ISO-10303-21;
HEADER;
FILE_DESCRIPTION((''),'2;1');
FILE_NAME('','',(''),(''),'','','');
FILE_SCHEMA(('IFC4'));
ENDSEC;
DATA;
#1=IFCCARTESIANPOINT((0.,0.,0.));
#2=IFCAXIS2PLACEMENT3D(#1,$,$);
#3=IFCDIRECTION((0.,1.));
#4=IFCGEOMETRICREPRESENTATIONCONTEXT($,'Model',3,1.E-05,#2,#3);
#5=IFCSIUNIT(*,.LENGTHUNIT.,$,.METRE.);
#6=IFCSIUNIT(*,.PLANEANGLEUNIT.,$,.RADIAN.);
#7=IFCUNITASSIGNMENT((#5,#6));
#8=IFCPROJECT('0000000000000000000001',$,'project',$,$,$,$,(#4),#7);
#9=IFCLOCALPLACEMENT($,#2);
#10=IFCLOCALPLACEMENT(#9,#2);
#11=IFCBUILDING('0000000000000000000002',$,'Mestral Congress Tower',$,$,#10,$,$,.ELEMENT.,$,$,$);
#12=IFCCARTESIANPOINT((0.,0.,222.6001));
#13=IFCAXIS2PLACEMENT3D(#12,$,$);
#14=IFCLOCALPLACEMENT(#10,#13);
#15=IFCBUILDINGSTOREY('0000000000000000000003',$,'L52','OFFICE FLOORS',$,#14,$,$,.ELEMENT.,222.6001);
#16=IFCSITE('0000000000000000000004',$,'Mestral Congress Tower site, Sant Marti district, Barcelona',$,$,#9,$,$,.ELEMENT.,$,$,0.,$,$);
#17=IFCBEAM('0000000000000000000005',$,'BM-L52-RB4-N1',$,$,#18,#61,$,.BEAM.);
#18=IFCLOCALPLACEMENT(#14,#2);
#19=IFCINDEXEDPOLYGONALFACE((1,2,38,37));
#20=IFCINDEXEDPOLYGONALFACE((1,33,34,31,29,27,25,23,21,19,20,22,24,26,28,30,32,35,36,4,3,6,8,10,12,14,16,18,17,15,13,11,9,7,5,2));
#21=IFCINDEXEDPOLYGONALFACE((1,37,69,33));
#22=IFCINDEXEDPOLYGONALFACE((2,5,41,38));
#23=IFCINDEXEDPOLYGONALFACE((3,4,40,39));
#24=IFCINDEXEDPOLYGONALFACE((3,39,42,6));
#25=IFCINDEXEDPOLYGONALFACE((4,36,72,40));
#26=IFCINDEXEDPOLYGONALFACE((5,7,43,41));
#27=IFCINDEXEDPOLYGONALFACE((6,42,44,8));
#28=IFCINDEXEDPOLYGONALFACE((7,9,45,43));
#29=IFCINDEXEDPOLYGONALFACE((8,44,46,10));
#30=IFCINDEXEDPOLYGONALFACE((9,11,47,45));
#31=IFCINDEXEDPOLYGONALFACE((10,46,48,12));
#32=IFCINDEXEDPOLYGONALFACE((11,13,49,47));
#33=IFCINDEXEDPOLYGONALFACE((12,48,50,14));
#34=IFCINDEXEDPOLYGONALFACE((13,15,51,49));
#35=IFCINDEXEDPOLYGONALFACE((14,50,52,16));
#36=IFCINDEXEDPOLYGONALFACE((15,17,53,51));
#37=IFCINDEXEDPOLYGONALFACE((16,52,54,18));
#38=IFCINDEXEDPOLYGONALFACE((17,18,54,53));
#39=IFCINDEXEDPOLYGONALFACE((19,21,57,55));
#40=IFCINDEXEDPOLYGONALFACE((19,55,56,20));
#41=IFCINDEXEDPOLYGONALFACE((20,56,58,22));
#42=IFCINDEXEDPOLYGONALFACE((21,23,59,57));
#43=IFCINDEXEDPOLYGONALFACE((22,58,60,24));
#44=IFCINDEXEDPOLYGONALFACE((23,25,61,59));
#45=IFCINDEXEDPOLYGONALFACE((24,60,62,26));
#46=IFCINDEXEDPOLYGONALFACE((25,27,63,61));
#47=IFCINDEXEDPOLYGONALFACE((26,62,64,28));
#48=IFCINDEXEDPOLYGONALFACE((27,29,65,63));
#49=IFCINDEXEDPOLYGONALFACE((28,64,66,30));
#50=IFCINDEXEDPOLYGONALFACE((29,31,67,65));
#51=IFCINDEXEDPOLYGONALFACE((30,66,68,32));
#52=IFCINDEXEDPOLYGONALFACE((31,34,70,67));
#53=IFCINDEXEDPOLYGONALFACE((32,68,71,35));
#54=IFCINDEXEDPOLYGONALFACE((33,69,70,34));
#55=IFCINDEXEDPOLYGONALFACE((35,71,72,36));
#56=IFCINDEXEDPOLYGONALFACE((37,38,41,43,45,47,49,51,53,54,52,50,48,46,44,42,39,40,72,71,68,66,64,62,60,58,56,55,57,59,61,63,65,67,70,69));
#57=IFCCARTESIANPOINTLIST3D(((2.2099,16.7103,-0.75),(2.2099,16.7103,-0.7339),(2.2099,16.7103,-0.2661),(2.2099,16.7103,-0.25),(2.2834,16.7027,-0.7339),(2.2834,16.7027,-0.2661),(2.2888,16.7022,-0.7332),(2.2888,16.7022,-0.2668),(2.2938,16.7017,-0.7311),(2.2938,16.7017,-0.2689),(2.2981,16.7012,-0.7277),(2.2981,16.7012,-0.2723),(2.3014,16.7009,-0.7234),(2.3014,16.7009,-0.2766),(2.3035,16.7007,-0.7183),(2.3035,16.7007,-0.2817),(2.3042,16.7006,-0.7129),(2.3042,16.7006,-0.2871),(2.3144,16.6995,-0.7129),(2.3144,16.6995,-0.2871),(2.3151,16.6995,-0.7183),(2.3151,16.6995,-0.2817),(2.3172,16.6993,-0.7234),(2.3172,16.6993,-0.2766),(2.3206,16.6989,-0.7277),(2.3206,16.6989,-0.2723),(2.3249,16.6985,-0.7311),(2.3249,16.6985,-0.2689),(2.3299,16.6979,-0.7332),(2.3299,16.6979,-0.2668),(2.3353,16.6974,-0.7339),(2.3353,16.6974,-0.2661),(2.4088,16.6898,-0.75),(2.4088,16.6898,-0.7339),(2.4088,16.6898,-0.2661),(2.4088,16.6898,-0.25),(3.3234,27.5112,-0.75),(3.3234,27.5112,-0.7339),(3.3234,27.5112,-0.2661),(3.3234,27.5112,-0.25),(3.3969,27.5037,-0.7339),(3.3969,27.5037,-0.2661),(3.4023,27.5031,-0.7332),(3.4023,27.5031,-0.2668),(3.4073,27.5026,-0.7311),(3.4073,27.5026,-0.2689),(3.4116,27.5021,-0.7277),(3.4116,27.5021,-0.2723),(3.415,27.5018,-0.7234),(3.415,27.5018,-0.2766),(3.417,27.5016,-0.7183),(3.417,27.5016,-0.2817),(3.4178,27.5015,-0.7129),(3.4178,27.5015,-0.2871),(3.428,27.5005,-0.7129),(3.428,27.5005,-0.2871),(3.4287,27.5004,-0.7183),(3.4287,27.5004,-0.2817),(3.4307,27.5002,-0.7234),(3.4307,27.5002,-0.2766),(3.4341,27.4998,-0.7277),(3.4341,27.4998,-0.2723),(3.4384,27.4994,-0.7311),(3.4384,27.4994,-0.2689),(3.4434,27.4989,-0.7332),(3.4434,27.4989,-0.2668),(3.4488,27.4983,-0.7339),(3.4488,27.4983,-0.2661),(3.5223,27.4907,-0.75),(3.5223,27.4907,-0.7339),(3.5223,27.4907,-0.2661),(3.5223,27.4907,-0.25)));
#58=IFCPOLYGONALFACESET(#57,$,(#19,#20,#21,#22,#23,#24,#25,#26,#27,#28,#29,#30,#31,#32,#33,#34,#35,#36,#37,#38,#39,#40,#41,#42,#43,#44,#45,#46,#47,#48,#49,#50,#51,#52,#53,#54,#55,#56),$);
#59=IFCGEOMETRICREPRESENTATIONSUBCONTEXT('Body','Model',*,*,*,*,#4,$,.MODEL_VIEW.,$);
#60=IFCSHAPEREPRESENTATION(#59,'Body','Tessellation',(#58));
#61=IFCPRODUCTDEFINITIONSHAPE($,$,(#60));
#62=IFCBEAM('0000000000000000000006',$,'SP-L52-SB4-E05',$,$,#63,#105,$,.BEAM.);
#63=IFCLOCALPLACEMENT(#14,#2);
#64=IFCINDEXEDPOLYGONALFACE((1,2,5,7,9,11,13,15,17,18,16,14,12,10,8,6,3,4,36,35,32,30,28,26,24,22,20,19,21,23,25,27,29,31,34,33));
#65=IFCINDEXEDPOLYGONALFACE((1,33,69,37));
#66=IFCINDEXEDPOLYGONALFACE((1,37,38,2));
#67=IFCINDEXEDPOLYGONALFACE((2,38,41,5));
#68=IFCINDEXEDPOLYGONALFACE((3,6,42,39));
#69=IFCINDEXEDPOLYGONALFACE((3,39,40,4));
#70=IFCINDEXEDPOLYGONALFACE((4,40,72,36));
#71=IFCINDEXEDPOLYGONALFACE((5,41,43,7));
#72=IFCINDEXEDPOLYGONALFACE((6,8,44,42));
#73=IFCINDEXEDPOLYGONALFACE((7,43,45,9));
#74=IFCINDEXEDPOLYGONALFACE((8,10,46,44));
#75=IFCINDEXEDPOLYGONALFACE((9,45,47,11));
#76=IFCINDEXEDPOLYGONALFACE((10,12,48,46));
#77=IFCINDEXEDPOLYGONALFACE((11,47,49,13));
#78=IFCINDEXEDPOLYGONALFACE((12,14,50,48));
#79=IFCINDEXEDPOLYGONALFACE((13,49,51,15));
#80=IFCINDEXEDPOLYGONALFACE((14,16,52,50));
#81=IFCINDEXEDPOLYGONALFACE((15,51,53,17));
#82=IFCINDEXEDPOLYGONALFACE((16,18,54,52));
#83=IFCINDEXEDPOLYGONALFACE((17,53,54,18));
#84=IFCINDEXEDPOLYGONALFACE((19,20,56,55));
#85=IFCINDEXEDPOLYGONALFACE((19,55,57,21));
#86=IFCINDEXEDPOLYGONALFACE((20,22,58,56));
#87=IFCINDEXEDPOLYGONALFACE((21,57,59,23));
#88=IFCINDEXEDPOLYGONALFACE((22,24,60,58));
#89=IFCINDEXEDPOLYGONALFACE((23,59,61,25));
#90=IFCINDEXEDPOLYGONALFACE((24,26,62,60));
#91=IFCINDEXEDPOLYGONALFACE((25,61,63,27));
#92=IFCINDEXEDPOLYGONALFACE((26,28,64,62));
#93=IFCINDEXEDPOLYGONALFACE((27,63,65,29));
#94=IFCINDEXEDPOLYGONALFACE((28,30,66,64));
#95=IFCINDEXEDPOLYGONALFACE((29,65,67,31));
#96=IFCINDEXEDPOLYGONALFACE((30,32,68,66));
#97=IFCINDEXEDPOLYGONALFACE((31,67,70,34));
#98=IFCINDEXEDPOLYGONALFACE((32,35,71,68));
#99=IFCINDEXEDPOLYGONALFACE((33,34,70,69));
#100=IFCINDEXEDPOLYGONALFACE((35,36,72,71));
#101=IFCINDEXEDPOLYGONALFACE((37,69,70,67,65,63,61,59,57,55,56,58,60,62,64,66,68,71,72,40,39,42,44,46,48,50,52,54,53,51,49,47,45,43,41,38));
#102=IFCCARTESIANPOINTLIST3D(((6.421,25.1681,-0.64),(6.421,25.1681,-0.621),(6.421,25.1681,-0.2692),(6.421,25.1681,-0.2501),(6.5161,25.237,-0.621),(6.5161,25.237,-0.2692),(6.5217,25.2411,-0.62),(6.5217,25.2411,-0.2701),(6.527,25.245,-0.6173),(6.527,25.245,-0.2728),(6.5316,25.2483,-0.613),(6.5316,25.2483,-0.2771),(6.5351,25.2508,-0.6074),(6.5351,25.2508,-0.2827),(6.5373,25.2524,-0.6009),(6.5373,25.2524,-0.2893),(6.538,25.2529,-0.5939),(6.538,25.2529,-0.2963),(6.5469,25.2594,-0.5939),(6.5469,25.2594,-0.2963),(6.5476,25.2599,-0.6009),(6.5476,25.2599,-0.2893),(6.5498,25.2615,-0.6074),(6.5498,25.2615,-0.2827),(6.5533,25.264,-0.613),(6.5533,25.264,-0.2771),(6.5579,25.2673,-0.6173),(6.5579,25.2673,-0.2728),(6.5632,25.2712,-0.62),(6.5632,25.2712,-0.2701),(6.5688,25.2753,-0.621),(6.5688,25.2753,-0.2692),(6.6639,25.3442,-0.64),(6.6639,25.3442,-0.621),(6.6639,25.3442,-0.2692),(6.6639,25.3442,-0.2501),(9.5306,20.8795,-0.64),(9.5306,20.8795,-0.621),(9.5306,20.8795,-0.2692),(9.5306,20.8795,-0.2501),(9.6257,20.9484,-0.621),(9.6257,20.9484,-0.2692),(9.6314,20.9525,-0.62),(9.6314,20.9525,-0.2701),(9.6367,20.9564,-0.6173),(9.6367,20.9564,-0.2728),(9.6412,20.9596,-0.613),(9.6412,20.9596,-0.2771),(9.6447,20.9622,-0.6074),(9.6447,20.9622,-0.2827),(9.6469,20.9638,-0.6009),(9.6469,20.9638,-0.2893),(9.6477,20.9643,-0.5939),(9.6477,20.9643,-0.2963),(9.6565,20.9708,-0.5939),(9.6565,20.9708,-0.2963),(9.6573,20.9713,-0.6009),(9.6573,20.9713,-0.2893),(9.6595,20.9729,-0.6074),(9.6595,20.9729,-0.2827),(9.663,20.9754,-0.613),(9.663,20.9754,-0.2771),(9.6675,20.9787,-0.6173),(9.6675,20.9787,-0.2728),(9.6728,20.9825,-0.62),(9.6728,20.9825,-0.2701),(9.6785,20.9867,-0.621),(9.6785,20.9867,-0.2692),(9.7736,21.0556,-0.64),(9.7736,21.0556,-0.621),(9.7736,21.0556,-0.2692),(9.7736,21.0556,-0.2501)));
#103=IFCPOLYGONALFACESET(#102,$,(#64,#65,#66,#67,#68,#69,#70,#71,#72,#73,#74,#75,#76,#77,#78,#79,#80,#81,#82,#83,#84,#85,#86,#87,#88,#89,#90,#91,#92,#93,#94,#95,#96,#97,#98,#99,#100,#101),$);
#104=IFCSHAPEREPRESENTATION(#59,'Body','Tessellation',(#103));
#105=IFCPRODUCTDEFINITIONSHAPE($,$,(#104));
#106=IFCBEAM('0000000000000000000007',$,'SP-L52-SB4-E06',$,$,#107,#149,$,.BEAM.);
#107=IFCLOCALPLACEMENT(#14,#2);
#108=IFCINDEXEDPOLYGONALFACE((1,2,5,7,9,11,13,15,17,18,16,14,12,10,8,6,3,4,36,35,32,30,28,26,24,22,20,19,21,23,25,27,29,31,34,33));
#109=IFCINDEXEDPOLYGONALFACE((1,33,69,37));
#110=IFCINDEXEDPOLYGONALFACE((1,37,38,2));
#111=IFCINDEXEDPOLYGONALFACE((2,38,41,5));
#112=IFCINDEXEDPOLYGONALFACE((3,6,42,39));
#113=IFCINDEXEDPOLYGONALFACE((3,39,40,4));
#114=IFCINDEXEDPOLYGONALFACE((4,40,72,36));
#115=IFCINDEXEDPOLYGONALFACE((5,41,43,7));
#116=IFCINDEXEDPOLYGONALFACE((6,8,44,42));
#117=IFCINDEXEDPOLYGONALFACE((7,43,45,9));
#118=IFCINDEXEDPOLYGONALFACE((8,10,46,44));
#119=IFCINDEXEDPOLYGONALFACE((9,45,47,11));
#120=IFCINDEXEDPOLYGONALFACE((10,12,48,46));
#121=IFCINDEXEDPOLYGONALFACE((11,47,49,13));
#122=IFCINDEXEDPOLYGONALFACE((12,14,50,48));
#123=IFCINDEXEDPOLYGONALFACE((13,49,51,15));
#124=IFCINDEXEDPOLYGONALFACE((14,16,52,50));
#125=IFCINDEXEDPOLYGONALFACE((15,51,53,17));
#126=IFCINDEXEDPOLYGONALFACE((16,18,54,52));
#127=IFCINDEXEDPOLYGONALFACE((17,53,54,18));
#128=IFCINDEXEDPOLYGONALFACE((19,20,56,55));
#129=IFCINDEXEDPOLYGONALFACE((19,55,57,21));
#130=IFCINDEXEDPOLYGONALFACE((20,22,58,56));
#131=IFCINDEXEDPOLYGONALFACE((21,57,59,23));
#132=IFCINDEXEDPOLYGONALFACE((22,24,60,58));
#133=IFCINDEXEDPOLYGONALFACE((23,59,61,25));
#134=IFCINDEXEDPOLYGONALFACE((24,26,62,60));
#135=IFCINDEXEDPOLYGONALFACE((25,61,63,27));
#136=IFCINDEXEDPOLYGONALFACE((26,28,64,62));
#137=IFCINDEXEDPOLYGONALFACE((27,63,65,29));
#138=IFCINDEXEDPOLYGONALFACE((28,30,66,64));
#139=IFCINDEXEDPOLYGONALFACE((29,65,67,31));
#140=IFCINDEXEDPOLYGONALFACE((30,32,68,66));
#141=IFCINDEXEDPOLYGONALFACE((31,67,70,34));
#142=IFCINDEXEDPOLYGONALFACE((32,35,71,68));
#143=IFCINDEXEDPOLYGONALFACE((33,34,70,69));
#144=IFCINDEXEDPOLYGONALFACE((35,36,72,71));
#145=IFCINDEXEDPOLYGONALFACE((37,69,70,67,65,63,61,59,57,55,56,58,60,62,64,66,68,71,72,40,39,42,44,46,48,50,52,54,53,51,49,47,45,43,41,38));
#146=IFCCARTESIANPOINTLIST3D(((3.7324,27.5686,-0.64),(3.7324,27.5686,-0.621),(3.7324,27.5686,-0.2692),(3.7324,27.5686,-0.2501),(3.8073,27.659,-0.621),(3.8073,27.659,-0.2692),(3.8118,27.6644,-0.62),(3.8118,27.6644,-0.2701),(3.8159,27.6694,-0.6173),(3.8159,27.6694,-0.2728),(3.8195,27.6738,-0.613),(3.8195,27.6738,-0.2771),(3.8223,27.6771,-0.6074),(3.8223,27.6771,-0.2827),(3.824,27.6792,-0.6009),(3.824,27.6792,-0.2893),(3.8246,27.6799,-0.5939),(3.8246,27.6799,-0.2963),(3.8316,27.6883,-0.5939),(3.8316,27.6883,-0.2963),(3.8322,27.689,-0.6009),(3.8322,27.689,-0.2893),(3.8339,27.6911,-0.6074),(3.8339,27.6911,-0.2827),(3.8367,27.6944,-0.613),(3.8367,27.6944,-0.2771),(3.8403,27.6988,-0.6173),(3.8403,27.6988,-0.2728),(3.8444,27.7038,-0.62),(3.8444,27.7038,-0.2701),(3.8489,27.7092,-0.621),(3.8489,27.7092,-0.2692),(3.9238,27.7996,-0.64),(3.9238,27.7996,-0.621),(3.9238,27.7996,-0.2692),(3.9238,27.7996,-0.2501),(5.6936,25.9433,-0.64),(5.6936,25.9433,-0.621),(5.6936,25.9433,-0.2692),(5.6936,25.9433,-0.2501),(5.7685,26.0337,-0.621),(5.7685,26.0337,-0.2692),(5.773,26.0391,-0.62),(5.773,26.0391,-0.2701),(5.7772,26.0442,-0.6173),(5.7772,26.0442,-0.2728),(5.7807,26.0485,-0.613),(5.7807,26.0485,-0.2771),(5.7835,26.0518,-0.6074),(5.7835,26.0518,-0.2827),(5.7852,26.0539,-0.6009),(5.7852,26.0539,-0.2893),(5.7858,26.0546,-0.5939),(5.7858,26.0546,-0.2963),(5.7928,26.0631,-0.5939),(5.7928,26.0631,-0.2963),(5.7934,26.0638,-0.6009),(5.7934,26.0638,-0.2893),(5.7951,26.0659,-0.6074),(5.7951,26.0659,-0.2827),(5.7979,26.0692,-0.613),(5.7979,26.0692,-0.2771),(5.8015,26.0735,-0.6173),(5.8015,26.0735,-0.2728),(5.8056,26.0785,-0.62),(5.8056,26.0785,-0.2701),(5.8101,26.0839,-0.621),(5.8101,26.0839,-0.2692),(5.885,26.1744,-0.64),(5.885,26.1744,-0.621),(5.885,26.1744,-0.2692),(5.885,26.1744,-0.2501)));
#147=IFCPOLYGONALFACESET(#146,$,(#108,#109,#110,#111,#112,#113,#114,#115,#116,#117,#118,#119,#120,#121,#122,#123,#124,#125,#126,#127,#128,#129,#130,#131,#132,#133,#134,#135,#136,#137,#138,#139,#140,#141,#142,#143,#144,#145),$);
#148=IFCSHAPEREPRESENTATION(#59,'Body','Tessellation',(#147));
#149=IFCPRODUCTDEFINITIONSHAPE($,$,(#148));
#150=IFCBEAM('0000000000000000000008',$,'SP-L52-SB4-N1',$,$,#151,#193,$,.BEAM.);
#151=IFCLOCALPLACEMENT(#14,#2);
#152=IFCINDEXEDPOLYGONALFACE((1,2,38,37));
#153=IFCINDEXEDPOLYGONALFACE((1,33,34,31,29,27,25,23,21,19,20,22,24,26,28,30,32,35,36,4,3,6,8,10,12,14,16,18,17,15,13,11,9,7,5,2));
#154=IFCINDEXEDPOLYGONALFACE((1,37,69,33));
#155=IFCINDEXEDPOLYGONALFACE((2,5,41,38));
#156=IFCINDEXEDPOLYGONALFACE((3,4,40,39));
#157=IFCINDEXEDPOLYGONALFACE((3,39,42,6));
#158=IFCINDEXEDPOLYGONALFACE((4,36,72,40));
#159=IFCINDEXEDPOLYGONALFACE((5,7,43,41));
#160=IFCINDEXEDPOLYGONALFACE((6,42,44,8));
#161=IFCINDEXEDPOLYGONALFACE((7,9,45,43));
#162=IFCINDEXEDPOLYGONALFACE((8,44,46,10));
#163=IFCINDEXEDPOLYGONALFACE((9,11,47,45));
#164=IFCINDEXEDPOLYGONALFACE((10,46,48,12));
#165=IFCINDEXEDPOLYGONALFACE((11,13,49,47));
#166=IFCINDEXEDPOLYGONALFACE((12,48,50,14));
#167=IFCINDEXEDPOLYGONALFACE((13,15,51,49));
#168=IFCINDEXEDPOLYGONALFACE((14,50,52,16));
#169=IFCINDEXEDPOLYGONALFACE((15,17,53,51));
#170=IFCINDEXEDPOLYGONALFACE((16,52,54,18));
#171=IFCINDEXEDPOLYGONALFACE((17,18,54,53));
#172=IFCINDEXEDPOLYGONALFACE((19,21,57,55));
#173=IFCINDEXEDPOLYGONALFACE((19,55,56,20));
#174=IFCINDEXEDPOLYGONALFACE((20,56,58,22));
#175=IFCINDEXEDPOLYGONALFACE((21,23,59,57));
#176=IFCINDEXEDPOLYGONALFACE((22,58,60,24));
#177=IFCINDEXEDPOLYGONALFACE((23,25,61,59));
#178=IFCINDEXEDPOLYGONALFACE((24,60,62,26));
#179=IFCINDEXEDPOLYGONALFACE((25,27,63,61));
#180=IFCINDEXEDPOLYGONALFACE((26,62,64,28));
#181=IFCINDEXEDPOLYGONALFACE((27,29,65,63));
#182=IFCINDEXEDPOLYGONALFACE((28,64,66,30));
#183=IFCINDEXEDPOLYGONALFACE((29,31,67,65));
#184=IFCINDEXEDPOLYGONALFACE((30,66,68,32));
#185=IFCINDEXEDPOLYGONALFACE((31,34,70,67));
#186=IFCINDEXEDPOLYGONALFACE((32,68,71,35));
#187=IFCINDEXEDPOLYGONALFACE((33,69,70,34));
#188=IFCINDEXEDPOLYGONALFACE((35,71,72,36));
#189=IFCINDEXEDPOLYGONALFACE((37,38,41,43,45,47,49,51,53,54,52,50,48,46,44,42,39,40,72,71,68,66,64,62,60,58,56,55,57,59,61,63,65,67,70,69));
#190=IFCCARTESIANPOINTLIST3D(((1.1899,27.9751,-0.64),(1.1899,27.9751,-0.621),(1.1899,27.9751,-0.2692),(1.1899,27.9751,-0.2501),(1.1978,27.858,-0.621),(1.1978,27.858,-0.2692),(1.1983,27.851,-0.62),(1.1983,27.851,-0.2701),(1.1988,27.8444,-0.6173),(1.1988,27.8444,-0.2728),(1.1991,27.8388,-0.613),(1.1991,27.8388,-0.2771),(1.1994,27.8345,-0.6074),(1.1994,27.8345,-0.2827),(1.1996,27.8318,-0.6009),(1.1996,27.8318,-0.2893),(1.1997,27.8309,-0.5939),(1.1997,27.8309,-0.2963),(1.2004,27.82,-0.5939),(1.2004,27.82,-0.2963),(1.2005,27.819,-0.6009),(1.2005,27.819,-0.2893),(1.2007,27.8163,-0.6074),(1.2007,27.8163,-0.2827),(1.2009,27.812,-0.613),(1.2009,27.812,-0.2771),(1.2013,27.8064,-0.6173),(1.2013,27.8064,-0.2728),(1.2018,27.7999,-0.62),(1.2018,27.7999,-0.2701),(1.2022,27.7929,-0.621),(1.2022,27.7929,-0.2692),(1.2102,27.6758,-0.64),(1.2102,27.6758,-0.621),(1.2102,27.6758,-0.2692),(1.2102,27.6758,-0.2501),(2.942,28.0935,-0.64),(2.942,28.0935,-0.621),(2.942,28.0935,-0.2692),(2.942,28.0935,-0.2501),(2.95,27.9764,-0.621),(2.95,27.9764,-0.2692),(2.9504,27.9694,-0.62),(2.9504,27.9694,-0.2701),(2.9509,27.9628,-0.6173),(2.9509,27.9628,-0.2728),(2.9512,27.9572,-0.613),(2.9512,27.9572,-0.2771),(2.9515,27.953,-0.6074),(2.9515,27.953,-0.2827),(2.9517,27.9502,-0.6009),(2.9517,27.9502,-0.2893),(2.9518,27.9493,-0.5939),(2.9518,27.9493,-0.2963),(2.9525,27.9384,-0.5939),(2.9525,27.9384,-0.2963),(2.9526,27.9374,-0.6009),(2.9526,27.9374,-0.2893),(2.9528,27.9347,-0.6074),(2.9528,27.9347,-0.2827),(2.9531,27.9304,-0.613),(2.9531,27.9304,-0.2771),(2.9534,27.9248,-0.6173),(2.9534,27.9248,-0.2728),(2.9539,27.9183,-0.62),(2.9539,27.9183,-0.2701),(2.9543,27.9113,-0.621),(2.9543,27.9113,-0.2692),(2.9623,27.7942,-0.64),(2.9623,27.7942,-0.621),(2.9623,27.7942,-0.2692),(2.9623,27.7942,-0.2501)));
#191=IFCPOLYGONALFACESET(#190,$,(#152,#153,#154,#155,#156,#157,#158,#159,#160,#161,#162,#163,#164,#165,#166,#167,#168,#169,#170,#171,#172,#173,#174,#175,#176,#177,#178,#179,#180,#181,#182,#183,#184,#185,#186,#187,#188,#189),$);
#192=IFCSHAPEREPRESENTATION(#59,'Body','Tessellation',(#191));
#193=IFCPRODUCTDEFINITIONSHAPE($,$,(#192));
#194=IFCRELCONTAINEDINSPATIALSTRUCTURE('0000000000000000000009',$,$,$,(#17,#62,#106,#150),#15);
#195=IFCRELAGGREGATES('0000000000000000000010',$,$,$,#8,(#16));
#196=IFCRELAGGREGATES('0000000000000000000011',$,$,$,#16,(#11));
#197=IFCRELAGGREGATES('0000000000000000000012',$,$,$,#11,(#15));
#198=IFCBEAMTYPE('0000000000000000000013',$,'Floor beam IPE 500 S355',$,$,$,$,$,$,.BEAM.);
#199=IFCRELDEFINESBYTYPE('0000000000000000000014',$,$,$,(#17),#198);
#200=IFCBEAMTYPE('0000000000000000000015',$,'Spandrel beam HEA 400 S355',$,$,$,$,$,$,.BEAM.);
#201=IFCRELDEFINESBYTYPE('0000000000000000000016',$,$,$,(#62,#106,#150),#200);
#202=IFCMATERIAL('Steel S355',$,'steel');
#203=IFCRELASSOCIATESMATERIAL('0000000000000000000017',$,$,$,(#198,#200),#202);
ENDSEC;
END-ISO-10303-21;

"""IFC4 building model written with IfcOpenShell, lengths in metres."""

from ifc_helpers import new_model, si_unit, direction, frame, origin, origin_2d, place, context, subcontext, project, spatial, i_section, extrude, material, material_profile, profile_set, type_object, element, save


model = new_model("IFC4")

# Units and contexts
model_context = context("Model", 3, precision=1e-05, world=origin(), true_north=direction((0.0, 1.0)))
body_context = subcontext(model_context, "Body", "Model", "MODEL_VIEW")
ifc_project = project(units=[si_unit("LENGTHUNIT", "METRE"), si_unit("PLANEANGLEUNIT", "RADIAN")], contexts=[model_context])

# Site, building, storey
site_placement = place(None, origin())
site = spatial("IfcSite", under=ifc_project, at=site_placement, Name="Mestral Congress Tower site, Sant Marti district, Barcelona", CompositionType="ELEMENT", RefElevation=0.0)
building_placement = place(site_placement, origin())
building = spatial("IfcBuilding", under=site, at=building_placement, Name="Mestral Congress Tower", CompositionType="ELEMENT")
storey_placement = place(building_placement, frame((0.0, 0.0, 222.6001)))
storey = spatial("IfcBuildingStorey", under=building, at=storey_placement, Name="L52", Description="OFFICE FLOORS", CompositionType="ELEMENT", Elevation=222.6001)

# Beams
ifc_material_1 = material(Name="Steel S355", Category="steel")
ifc_material_profile_1 = material_profile(ifc_material_1, i_section(OverallWidth=0.2, OverallDepth=0.5, WebThickness=0.0103, FlangeThickness=0.0161, FilletRadius=0.021, at=origin_2d()), Name="IPE 500")
ifc_profile_set_1 = profile_set([ifc_material_profile_1], Name="Steel S355")
beam_type_1 = type_object("IfcBeamType", Name="Floor beam IPE 500 S355", PredefinedType="BEAM", material=ifc_profile_set_1)
beam_1_placement = place(storey_placement, frame((3.4229, 27.501, -0.5), z_axis=(-0.102551, -0.994728, 0.0), x_axis=(0.994728, -0.102551, 0.0)))
element("IfcBeam", 1, at=beam_1_placement, inside=storey, type_object=beam_type_1, Name="BM-L52-RB4-N1", PredefinedType="BEAM", context=body_context, shape_type="SweptSolid", body=[
    extrude(i_section(OverallWidth=0.2, OverallDepth=0.5, WebThickness=0.0103, FlangeThickness=0.0161, FilletRadius=0.021, at=origin_2d()), origin(), (0.0, 0.0, 1.0), 10.8582),
])
ifc_material_profile_2 = material_profile(ifc_material_1, i_section(OverallWidth=0.3, OverallDepth=0.3899, WebThickness=0.011, FlangeThickness=0.019, FilletRadius=0.0271, at=origin_2d()), Name="HEA 400")
ifc_profile_set_2 = profile_set([ifc_material_profile_2], Name="Steel S355")
beam_type_2 = type_object("IfcBeamType", Name="Spandrel beam HEA 400 S355", PredefinedType="BEAM", material=ifc_profile_set_2)
beam_2_placement = place(storey_placement, frame((9.6521, 20.9675, -0.4451), z_axis=(-0.587017, 0.809574, 0.0), x_axis=(-0.809574, -0.587017, 0.0)))
element("IfcBeam", 2, at=beam_2_placement, inside=storey, type_object=beam_type_2, Name="SP-L52-SB4-E05", PredefinedType="BEAM", context=body_context, shape_type="SweptSolid", body=[
    extrude(i_section(OverallWidth=0.3, OverallDepth=0.3899, WebThickness=0.011, FlangeThickness=0.019, FilletRadius=0.0271, at=origin_2d()), origin(), (0.0, 0.0, 1.0), 5.2974),
])
beam_3_placement = place(storey_placement, frame((5.7893, 26.0588, -0.4451), z_axis=(-0.76997, 0.63808, 0.0), x_axis=(-0.63808, -0.76997, 0.0)))
element("IfcBeam", 3, at=beam_3_placement, inside=storey, type_object=beam_type_2, Name="SP-L52-SB4-E06", PredefinedType="BEAM", context=body_context, shape_type="SweptSolid", body=[
    extrude(i_section(OverallWidth=0.3, OverallDepth=0.3899, WebThickness=0.011, FlangeThickness=0.019, FilletRadius=0.0271, at=origin_2d()), origin(), (0.0, 0.0, 1.0), 2.5471),
])
beam_4_placement = place(storey_placement, frame((2.9521, 27.9438, -0.4451), z_axis=(-0.997724, -0.067423, 0.0), x_axis=(0.067423, -0.997724, 0.0)))
element("IfcBeam", 4, at=beam_4_placement, inside=storey, type_object=beam_type_2, Name="SP-L52-SB4-N1", PredefinedType="BEAM", context=body_context, shape_type="SweptSolid", body=[
    extrude(i_section(OverallWidth=0.3, OverallDepth=0.3899, WebThickness=0.011, FlangeThickness=0.019, FilletRadius=0.0271, at=origin_2d()), origin(), (0.0, 0.0, 1.0), 1.7561),
])

save(model, "model.ifc")
